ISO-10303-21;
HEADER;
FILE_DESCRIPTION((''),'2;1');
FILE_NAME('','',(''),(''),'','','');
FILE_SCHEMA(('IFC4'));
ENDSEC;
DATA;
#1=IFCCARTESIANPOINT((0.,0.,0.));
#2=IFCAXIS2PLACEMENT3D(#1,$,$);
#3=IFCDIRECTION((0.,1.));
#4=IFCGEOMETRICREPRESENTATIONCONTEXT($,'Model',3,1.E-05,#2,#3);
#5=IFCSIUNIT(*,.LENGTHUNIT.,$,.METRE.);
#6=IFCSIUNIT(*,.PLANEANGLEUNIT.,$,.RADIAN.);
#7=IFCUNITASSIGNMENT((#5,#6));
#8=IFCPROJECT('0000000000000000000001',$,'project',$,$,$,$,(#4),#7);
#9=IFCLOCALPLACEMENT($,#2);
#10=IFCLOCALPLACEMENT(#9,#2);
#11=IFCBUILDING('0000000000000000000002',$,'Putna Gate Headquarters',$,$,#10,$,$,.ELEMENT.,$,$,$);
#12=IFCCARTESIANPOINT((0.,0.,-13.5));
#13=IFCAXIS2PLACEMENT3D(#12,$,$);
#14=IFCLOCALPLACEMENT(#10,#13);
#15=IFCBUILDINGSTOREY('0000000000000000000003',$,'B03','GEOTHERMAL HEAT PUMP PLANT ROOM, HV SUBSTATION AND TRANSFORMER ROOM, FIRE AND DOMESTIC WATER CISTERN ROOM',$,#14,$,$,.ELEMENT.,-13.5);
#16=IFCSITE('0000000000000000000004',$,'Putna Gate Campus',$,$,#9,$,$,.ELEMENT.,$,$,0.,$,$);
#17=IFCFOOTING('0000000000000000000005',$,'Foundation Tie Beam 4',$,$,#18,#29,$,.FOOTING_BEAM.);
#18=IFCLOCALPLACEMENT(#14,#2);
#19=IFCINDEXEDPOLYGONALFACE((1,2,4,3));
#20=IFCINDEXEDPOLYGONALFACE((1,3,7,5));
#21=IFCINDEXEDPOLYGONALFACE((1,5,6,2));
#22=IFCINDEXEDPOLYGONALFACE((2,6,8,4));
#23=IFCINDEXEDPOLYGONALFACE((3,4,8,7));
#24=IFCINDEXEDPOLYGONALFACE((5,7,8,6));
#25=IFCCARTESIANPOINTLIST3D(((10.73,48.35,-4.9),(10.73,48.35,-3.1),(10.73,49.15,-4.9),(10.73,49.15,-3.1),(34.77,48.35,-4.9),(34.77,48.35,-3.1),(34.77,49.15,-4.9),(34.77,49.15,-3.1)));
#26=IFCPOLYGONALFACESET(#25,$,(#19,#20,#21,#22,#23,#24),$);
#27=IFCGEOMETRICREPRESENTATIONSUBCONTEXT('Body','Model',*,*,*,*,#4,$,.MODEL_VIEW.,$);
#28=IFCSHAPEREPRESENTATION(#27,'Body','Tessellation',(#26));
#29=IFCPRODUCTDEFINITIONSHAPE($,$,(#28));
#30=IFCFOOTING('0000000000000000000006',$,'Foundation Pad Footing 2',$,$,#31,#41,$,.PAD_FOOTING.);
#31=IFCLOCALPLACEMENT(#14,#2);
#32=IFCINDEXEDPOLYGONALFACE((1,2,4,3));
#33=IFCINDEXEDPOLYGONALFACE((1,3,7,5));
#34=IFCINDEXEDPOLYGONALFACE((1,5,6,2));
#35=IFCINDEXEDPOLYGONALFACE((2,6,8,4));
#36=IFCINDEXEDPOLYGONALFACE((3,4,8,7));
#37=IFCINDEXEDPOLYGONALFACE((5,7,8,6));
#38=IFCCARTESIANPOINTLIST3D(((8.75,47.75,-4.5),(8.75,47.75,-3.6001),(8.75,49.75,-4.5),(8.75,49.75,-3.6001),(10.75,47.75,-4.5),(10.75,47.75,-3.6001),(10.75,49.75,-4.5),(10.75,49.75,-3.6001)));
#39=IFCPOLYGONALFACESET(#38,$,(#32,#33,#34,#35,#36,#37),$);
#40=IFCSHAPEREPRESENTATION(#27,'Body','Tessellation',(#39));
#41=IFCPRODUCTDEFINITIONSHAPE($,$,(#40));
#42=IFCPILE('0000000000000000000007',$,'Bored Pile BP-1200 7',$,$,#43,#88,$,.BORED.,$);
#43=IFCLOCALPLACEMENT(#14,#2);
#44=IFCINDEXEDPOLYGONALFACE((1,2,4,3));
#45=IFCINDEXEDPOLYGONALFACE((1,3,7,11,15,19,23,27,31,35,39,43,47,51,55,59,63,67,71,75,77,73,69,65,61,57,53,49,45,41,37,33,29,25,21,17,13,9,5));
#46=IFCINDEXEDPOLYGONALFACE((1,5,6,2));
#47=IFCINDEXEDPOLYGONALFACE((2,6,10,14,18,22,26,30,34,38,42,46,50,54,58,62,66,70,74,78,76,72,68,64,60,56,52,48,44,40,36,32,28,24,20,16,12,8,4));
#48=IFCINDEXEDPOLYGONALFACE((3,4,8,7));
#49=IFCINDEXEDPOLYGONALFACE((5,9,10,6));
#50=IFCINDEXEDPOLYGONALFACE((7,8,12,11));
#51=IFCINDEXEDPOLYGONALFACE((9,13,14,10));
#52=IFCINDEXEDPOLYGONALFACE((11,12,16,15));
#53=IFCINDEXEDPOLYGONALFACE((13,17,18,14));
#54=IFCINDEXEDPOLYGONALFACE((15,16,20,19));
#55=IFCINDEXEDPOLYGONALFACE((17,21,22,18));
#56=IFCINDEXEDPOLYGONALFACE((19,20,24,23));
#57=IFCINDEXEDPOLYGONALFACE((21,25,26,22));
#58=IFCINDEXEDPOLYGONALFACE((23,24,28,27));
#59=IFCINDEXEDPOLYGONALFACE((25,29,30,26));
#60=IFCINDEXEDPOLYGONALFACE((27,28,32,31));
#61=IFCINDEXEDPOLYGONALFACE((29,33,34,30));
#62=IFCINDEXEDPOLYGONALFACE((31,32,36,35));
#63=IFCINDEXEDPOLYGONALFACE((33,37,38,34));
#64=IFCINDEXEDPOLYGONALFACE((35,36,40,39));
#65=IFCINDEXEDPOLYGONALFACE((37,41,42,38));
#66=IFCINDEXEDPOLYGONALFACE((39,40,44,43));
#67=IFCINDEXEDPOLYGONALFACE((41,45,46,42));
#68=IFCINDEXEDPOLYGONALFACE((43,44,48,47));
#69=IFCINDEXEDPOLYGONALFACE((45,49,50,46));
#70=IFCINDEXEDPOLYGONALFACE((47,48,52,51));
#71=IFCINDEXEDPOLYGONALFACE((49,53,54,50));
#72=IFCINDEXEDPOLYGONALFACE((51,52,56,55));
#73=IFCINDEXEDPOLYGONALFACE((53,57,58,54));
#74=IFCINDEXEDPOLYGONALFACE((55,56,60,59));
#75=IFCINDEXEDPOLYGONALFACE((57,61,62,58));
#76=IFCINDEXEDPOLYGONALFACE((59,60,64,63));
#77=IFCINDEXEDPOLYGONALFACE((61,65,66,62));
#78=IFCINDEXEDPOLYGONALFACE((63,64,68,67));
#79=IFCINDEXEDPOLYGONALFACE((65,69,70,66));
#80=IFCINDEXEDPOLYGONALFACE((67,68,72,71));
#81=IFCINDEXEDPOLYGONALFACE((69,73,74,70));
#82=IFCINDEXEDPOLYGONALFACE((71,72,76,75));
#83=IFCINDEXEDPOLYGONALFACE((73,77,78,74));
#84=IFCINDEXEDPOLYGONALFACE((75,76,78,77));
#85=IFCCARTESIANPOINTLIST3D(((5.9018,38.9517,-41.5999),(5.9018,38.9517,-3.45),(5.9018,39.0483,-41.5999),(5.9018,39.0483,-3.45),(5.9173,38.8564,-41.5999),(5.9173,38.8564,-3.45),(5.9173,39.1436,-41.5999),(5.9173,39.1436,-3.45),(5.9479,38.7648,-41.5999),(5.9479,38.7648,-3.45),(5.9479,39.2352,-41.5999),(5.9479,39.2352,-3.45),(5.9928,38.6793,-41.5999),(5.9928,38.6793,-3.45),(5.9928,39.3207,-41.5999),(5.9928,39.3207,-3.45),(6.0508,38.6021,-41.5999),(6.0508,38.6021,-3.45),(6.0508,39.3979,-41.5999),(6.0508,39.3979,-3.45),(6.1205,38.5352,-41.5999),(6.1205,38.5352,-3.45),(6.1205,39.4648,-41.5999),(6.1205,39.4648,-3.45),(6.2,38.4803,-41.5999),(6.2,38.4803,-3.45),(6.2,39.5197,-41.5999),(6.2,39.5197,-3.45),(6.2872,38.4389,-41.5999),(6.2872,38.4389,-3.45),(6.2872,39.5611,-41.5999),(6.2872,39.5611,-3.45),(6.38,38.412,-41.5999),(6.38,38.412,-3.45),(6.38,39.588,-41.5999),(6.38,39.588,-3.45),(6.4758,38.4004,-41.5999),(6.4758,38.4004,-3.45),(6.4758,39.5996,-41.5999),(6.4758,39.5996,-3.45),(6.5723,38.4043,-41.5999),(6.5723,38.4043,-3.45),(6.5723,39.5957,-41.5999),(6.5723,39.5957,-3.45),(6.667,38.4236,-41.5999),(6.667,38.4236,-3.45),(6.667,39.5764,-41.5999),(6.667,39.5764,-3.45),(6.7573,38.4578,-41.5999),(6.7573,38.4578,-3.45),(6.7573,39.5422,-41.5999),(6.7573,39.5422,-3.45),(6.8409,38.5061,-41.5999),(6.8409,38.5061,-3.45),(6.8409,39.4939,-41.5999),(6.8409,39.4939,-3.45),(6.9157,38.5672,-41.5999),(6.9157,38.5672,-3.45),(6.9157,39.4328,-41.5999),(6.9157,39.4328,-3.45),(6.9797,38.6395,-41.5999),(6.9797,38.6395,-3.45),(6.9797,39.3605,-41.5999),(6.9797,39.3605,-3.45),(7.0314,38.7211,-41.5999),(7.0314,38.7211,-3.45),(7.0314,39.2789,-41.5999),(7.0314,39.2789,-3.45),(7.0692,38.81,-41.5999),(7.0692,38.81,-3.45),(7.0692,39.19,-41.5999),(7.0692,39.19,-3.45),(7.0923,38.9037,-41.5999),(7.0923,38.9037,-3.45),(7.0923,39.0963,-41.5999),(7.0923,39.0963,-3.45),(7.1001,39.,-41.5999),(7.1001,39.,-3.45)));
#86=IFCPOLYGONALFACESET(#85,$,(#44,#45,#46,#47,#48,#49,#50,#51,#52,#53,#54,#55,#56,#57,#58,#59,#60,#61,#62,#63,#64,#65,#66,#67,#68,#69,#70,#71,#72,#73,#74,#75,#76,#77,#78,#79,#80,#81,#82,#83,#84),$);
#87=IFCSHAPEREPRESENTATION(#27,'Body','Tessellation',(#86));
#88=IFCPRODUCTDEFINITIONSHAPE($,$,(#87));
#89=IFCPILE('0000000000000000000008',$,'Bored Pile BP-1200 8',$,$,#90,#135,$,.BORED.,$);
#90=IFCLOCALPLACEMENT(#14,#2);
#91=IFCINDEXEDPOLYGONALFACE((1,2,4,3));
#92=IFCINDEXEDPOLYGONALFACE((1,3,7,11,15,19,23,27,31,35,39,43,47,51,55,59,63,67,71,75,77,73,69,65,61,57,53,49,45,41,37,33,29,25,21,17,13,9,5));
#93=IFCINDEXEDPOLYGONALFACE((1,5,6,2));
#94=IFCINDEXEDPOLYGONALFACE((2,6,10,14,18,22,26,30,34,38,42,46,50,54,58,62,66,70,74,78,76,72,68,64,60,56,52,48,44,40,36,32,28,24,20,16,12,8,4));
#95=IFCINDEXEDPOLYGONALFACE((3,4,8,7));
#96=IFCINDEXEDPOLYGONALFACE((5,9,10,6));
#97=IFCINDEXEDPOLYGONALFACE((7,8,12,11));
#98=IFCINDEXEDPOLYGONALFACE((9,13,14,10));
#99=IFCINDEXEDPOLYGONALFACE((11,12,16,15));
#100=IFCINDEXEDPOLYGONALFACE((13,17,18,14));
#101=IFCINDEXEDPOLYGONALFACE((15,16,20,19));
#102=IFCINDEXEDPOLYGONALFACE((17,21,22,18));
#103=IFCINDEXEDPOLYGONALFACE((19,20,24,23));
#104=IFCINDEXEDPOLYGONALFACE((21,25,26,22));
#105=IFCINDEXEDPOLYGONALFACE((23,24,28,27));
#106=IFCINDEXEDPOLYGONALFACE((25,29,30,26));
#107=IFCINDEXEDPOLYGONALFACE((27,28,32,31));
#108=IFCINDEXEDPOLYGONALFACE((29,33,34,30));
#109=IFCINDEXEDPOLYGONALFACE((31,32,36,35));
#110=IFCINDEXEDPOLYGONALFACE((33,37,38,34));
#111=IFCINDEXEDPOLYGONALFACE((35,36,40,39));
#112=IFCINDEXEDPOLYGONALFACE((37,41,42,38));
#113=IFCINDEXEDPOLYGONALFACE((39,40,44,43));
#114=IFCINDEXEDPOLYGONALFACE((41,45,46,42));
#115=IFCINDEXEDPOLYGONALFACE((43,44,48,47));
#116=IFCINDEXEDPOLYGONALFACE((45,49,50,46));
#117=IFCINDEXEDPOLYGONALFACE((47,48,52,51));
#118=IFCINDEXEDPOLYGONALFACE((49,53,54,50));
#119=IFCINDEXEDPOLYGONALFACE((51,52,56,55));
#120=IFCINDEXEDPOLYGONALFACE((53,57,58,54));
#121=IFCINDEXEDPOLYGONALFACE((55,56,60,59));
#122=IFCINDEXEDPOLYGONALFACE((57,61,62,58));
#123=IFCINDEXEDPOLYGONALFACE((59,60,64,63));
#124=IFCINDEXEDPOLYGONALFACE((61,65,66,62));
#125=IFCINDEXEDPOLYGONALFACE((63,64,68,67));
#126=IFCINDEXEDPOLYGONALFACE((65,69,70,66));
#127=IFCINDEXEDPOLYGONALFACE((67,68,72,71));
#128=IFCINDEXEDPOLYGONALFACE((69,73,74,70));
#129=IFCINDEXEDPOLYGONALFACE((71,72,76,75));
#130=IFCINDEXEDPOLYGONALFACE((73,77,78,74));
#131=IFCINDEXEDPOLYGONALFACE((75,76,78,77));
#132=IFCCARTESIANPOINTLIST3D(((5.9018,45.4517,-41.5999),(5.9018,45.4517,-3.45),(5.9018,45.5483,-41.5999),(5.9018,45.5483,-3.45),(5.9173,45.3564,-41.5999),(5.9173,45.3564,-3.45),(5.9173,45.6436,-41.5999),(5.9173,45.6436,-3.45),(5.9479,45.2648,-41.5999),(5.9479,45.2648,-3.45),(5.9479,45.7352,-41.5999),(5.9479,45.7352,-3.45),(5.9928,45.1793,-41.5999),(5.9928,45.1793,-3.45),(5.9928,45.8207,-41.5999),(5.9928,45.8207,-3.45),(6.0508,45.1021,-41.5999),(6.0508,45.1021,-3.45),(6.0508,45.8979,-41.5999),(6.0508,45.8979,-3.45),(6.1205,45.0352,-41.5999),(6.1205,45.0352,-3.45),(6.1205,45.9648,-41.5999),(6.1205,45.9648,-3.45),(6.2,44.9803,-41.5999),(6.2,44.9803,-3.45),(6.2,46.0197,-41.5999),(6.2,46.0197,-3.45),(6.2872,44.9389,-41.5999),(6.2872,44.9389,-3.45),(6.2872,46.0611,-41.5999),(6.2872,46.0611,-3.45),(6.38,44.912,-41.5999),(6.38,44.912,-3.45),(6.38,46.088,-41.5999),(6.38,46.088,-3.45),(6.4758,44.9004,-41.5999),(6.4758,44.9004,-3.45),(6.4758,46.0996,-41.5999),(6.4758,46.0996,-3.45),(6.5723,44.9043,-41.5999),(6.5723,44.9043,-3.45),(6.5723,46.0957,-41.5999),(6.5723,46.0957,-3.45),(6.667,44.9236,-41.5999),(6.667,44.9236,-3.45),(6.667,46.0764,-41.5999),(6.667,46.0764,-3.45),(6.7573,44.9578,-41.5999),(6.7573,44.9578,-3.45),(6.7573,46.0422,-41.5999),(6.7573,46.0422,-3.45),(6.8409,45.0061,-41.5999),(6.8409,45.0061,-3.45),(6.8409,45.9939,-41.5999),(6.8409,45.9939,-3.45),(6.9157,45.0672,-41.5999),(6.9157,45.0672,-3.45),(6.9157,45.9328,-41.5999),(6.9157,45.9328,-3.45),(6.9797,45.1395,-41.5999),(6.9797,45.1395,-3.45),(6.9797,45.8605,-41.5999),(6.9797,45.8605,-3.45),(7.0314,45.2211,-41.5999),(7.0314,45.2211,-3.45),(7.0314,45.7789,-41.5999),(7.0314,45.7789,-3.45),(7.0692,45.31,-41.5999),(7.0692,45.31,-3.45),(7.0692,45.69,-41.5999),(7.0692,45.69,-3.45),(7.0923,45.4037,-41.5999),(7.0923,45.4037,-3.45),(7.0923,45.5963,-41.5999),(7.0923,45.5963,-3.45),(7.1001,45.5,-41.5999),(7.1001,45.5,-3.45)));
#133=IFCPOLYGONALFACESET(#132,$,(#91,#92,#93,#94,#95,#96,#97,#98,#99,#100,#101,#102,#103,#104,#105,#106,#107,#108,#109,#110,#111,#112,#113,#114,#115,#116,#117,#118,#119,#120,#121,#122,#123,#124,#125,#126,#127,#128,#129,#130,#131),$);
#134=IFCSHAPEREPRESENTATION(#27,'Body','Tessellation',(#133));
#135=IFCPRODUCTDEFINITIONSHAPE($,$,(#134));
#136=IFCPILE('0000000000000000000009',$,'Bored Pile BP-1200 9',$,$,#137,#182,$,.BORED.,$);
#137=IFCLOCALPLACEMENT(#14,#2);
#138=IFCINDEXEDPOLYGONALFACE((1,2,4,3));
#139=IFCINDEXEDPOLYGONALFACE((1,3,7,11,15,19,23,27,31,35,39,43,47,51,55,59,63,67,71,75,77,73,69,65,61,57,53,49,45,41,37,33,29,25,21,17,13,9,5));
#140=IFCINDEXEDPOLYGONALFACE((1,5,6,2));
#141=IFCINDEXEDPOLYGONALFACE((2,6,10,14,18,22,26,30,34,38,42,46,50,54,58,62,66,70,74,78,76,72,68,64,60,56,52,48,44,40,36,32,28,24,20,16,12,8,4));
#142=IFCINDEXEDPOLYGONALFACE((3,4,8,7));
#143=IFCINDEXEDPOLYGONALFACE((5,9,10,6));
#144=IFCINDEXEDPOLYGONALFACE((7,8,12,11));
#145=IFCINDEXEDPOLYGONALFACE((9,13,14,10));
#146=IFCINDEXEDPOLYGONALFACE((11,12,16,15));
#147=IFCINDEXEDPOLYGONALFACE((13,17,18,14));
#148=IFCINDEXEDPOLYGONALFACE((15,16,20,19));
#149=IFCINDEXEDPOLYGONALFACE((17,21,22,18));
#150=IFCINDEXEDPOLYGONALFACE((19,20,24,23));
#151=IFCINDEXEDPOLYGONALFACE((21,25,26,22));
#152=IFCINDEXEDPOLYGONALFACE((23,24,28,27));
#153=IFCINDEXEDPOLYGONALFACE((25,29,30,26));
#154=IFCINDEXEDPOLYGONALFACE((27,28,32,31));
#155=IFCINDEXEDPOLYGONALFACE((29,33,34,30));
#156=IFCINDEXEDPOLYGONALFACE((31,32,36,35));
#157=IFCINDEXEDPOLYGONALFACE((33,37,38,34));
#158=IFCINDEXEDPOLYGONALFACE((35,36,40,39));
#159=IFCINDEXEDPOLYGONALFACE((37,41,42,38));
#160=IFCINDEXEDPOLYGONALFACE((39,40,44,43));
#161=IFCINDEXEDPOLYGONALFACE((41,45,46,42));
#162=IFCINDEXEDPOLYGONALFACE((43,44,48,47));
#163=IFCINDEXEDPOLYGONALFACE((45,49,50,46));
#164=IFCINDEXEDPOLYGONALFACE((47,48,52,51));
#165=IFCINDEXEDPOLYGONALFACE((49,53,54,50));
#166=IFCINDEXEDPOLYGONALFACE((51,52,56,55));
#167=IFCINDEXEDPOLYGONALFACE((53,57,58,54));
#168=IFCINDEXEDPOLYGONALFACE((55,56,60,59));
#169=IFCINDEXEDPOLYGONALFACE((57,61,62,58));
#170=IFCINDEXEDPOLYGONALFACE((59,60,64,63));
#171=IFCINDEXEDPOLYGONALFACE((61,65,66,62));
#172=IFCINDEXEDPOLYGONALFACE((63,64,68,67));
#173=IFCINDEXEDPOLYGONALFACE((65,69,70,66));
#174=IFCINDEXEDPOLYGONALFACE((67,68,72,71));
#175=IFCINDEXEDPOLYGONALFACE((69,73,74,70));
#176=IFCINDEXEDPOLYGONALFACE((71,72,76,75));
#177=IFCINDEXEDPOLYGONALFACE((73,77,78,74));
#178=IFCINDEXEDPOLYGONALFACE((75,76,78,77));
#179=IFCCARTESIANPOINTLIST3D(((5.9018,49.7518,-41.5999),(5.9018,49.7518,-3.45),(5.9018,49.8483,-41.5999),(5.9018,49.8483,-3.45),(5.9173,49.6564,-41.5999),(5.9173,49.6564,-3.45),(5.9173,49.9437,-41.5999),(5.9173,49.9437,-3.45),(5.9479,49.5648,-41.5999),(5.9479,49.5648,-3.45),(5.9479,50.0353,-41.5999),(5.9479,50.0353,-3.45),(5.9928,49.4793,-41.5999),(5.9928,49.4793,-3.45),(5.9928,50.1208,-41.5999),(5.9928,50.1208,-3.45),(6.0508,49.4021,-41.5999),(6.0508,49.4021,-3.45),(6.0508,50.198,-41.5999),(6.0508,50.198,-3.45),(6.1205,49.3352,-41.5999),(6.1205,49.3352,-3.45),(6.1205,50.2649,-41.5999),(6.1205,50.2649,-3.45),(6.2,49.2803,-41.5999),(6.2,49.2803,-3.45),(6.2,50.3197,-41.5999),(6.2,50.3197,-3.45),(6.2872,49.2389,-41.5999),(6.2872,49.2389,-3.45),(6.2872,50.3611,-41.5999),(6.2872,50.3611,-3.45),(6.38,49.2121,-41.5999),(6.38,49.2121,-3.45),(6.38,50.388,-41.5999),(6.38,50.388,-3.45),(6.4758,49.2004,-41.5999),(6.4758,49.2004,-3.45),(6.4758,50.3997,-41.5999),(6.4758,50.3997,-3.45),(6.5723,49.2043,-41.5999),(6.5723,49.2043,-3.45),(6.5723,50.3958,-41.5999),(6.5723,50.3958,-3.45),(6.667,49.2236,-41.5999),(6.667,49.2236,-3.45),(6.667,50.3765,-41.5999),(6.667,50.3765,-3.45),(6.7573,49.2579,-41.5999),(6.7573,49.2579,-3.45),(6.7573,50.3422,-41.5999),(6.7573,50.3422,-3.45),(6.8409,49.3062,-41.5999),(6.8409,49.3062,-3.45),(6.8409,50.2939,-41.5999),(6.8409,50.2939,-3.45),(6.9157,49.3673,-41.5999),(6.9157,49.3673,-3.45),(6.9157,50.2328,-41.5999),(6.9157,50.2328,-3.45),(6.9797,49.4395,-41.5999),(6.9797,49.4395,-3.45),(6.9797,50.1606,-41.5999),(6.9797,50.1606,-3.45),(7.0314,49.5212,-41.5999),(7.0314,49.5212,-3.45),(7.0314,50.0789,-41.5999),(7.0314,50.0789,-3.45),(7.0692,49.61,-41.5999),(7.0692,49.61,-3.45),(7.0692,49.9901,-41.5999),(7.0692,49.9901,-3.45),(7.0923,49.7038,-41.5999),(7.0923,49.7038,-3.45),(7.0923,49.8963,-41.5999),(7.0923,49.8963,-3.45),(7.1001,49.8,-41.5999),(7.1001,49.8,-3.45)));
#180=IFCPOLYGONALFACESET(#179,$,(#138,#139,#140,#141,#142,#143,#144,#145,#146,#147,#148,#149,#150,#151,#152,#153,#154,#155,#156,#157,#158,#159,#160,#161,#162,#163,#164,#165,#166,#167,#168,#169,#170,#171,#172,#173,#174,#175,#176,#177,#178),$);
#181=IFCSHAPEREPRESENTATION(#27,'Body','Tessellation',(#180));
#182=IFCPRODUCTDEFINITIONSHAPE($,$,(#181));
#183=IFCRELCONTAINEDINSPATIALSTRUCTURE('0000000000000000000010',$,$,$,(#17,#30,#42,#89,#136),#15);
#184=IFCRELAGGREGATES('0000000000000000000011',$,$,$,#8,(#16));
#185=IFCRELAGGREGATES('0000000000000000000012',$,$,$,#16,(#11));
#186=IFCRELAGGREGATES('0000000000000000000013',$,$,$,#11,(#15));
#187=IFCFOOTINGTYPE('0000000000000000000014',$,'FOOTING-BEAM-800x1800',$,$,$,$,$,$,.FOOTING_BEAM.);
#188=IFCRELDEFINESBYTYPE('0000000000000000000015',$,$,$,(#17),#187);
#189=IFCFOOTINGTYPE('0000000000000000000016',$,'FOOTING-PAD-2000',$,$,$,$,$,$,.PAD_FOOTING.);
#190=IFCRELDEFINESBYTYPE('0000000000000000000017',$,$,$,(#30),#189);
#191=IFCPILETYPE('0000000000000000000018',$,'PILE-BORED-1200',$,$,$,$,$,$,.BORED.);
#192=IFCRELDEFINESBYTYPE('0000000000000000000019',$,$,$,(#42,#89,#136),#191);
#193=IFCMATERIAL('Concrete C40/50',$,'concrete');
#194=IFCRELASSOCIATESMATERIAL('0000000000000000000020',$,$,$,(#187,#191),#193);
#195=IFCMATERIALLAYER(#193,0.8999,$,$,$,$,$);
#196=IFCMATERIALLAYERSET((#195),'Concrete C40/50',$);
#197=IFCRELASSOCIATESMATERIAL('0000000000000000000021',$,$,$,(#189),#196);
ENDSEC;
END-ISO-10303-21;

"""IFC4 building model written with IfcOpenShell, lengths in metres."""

from ifc_helpers import new_model, si_unit, direction, frame, origin, origin_2d, place, context, subcontext, project, spatial, rectangle, circle, extrude, material, layer, layer_set, material_profile, profile_set, type_object, element, save


model = new_model("IFC4")

# Units and contexts
model_context = context("Model", 3, precision=1e-05, world=origin(), true_north=direction((0.0, 1.0)))
body_context = subcontext(model_context, "Body", "Model", "MODEL_VIEW")
ifc_project = project(units=[si_unit("LENGTHUNIT", "METRE"), si_unit("PLANEANGLEUNIT", "RADIAN")], contexts=[model_context])

# Site, building, storey
site_placement = place(None, origin())
site = spatial("IfcSite", under=ifc_project, at=site_placement, Name="Putna Gate Campus", CompositionType="ELEMENT", RefElevation=0.0)
building_placement = place(site_placement, origin())
building = spatial("IfcBuilding", under=site, at=building_placement, Name="Putna Gate Headquarters", CompositionType="ELEMENT")
storey_placement = place(building_placement, frame((0.0, 0.0, -13.5)))
storey = spatial("IfcBuildingStorey", under=building, at=storey_placement, Name="B03", Description="GEOTHERMAL HEAT PUMP PLANT ROOM, HV SUBSTATION AND TRANSFORMER ROOM, FIRE AND DOMESTIC WATER CISTERN ROOM", CompositionType="ELEMENT", Elevation=-13.5)

# Footings
ifc_material_1 = material(Name="Concrete C40/50", Category="concrete")
ifc_material_profile_1 = material_profile(ifc_material_1, rectangle(XDim=0.8, YDim=1.8, at=origin_2d()), Name="Concrete C40/50")
ifc_profile_set_1 = profile_set([ifc_material_profile_1], Name="Concrete C40/50")
footing_type_1 = type_object("IfcFootingType", Name="FOOTING-BEAM-800x1800", PredefinedType="FOOTING_BEAM", material=ifc_profile_set_1)
footing_1_placement = place(storey_placement, frame((10.73, 48.75, -4.0), z_axis=(1.0, 0.0, 0.0), x_axis=(0.0, 1.0, 0.0)))
element("IfcFooting", 1, at=footing_1_placement, inside=storey, type_object=footing_type_1, Name="Foundation Tie Beam 4", PredefinedType="FOOTING_BEAM", context=body_context, shape_type="SweptSolid", body=[
    extrude(rectangle(XDim=0.8, YDim=1.8, at=origin_2d()), origin(), (0.0, 0.0, 1.0), 24.04),
])
ifc_layer_1 = layer(ifc_material_1, 0.8999)
ifc_layer_set_1 = layer_set([ifc_layer_1], Name="Concrete C40/50")
footing_type_2 = type_object("IfcFootingType", Name="FOOTING-PAD-2000", PredefinedType="PAD_FOOTING", material=ifc_layer_set_1)
footing_2_placement = place(storey_placement, frame((9.75, 48.75, -4.5), z_axis=(0.0, 0.0, 1.0), x_axis=(1.0, 0.0, 0.0)))
element("IfcFooting", 2, at=footing_2_placement, inside=storey, type_object=footing_type_2, Name="Foundation Pad Footing 2", PredefinedType="PAD_FOOTING", context=body_context, shape_type="SweptSolid", body=[
    extrude(rectangle(XDim=2.0, YDim=2.0, at=origin_2d()), origin(), (0.0, 0.0, 1.0), 0.8999),
])

# Piles
ifc_material_profile_2 = material_profile(ifc_material_1, circle(Radius=0.6001, at=origin_2d()), Name="Concrete C40/50")
ifc_profile_set_2 = profile_set([ifc_material_profile_2], Name="Concrete C40/50")
pile_type = type_object("IfcPileType", Name="PILE-BORED-1200", PredefinedType="BORED", material=ifc_profile_set_2)
for number, where, z_axis, x_axis, name in (
    (3, (6.5, 39.0, -3.45), (0.0, 0.0, -1.0), (1.0, 0.0, 0.0), "Bored Pile BP-1200 7"),
    (4, (6.5, 45.5, -3.45), (0.0, 0.0, -1.0), (1.0, 0.0, 0.0), "Bored Pile BP-1200 8"),
    (5, (6.5, 49.8, -3.45), (0.0, 0.0, -1.0), (1.0, 0.0, 0.0), "Bored Pile BP-1200 9"),
):
    element("IfcPile", number, at=place(storey_placement, frame(where, z_axis=z_axis, x_axis=x_axis)), inside=storey, type_object=pile_type, Name=name, PredefinedType="BORED", context=body_context, shape_type="SweptSolid", body=[
        extrude(circle(Radius=0.6001, at=origin_2d()), origin(), (0.0, 0.0, 1.0), 38.1499),
    ])

save(model, "model.ifc")
